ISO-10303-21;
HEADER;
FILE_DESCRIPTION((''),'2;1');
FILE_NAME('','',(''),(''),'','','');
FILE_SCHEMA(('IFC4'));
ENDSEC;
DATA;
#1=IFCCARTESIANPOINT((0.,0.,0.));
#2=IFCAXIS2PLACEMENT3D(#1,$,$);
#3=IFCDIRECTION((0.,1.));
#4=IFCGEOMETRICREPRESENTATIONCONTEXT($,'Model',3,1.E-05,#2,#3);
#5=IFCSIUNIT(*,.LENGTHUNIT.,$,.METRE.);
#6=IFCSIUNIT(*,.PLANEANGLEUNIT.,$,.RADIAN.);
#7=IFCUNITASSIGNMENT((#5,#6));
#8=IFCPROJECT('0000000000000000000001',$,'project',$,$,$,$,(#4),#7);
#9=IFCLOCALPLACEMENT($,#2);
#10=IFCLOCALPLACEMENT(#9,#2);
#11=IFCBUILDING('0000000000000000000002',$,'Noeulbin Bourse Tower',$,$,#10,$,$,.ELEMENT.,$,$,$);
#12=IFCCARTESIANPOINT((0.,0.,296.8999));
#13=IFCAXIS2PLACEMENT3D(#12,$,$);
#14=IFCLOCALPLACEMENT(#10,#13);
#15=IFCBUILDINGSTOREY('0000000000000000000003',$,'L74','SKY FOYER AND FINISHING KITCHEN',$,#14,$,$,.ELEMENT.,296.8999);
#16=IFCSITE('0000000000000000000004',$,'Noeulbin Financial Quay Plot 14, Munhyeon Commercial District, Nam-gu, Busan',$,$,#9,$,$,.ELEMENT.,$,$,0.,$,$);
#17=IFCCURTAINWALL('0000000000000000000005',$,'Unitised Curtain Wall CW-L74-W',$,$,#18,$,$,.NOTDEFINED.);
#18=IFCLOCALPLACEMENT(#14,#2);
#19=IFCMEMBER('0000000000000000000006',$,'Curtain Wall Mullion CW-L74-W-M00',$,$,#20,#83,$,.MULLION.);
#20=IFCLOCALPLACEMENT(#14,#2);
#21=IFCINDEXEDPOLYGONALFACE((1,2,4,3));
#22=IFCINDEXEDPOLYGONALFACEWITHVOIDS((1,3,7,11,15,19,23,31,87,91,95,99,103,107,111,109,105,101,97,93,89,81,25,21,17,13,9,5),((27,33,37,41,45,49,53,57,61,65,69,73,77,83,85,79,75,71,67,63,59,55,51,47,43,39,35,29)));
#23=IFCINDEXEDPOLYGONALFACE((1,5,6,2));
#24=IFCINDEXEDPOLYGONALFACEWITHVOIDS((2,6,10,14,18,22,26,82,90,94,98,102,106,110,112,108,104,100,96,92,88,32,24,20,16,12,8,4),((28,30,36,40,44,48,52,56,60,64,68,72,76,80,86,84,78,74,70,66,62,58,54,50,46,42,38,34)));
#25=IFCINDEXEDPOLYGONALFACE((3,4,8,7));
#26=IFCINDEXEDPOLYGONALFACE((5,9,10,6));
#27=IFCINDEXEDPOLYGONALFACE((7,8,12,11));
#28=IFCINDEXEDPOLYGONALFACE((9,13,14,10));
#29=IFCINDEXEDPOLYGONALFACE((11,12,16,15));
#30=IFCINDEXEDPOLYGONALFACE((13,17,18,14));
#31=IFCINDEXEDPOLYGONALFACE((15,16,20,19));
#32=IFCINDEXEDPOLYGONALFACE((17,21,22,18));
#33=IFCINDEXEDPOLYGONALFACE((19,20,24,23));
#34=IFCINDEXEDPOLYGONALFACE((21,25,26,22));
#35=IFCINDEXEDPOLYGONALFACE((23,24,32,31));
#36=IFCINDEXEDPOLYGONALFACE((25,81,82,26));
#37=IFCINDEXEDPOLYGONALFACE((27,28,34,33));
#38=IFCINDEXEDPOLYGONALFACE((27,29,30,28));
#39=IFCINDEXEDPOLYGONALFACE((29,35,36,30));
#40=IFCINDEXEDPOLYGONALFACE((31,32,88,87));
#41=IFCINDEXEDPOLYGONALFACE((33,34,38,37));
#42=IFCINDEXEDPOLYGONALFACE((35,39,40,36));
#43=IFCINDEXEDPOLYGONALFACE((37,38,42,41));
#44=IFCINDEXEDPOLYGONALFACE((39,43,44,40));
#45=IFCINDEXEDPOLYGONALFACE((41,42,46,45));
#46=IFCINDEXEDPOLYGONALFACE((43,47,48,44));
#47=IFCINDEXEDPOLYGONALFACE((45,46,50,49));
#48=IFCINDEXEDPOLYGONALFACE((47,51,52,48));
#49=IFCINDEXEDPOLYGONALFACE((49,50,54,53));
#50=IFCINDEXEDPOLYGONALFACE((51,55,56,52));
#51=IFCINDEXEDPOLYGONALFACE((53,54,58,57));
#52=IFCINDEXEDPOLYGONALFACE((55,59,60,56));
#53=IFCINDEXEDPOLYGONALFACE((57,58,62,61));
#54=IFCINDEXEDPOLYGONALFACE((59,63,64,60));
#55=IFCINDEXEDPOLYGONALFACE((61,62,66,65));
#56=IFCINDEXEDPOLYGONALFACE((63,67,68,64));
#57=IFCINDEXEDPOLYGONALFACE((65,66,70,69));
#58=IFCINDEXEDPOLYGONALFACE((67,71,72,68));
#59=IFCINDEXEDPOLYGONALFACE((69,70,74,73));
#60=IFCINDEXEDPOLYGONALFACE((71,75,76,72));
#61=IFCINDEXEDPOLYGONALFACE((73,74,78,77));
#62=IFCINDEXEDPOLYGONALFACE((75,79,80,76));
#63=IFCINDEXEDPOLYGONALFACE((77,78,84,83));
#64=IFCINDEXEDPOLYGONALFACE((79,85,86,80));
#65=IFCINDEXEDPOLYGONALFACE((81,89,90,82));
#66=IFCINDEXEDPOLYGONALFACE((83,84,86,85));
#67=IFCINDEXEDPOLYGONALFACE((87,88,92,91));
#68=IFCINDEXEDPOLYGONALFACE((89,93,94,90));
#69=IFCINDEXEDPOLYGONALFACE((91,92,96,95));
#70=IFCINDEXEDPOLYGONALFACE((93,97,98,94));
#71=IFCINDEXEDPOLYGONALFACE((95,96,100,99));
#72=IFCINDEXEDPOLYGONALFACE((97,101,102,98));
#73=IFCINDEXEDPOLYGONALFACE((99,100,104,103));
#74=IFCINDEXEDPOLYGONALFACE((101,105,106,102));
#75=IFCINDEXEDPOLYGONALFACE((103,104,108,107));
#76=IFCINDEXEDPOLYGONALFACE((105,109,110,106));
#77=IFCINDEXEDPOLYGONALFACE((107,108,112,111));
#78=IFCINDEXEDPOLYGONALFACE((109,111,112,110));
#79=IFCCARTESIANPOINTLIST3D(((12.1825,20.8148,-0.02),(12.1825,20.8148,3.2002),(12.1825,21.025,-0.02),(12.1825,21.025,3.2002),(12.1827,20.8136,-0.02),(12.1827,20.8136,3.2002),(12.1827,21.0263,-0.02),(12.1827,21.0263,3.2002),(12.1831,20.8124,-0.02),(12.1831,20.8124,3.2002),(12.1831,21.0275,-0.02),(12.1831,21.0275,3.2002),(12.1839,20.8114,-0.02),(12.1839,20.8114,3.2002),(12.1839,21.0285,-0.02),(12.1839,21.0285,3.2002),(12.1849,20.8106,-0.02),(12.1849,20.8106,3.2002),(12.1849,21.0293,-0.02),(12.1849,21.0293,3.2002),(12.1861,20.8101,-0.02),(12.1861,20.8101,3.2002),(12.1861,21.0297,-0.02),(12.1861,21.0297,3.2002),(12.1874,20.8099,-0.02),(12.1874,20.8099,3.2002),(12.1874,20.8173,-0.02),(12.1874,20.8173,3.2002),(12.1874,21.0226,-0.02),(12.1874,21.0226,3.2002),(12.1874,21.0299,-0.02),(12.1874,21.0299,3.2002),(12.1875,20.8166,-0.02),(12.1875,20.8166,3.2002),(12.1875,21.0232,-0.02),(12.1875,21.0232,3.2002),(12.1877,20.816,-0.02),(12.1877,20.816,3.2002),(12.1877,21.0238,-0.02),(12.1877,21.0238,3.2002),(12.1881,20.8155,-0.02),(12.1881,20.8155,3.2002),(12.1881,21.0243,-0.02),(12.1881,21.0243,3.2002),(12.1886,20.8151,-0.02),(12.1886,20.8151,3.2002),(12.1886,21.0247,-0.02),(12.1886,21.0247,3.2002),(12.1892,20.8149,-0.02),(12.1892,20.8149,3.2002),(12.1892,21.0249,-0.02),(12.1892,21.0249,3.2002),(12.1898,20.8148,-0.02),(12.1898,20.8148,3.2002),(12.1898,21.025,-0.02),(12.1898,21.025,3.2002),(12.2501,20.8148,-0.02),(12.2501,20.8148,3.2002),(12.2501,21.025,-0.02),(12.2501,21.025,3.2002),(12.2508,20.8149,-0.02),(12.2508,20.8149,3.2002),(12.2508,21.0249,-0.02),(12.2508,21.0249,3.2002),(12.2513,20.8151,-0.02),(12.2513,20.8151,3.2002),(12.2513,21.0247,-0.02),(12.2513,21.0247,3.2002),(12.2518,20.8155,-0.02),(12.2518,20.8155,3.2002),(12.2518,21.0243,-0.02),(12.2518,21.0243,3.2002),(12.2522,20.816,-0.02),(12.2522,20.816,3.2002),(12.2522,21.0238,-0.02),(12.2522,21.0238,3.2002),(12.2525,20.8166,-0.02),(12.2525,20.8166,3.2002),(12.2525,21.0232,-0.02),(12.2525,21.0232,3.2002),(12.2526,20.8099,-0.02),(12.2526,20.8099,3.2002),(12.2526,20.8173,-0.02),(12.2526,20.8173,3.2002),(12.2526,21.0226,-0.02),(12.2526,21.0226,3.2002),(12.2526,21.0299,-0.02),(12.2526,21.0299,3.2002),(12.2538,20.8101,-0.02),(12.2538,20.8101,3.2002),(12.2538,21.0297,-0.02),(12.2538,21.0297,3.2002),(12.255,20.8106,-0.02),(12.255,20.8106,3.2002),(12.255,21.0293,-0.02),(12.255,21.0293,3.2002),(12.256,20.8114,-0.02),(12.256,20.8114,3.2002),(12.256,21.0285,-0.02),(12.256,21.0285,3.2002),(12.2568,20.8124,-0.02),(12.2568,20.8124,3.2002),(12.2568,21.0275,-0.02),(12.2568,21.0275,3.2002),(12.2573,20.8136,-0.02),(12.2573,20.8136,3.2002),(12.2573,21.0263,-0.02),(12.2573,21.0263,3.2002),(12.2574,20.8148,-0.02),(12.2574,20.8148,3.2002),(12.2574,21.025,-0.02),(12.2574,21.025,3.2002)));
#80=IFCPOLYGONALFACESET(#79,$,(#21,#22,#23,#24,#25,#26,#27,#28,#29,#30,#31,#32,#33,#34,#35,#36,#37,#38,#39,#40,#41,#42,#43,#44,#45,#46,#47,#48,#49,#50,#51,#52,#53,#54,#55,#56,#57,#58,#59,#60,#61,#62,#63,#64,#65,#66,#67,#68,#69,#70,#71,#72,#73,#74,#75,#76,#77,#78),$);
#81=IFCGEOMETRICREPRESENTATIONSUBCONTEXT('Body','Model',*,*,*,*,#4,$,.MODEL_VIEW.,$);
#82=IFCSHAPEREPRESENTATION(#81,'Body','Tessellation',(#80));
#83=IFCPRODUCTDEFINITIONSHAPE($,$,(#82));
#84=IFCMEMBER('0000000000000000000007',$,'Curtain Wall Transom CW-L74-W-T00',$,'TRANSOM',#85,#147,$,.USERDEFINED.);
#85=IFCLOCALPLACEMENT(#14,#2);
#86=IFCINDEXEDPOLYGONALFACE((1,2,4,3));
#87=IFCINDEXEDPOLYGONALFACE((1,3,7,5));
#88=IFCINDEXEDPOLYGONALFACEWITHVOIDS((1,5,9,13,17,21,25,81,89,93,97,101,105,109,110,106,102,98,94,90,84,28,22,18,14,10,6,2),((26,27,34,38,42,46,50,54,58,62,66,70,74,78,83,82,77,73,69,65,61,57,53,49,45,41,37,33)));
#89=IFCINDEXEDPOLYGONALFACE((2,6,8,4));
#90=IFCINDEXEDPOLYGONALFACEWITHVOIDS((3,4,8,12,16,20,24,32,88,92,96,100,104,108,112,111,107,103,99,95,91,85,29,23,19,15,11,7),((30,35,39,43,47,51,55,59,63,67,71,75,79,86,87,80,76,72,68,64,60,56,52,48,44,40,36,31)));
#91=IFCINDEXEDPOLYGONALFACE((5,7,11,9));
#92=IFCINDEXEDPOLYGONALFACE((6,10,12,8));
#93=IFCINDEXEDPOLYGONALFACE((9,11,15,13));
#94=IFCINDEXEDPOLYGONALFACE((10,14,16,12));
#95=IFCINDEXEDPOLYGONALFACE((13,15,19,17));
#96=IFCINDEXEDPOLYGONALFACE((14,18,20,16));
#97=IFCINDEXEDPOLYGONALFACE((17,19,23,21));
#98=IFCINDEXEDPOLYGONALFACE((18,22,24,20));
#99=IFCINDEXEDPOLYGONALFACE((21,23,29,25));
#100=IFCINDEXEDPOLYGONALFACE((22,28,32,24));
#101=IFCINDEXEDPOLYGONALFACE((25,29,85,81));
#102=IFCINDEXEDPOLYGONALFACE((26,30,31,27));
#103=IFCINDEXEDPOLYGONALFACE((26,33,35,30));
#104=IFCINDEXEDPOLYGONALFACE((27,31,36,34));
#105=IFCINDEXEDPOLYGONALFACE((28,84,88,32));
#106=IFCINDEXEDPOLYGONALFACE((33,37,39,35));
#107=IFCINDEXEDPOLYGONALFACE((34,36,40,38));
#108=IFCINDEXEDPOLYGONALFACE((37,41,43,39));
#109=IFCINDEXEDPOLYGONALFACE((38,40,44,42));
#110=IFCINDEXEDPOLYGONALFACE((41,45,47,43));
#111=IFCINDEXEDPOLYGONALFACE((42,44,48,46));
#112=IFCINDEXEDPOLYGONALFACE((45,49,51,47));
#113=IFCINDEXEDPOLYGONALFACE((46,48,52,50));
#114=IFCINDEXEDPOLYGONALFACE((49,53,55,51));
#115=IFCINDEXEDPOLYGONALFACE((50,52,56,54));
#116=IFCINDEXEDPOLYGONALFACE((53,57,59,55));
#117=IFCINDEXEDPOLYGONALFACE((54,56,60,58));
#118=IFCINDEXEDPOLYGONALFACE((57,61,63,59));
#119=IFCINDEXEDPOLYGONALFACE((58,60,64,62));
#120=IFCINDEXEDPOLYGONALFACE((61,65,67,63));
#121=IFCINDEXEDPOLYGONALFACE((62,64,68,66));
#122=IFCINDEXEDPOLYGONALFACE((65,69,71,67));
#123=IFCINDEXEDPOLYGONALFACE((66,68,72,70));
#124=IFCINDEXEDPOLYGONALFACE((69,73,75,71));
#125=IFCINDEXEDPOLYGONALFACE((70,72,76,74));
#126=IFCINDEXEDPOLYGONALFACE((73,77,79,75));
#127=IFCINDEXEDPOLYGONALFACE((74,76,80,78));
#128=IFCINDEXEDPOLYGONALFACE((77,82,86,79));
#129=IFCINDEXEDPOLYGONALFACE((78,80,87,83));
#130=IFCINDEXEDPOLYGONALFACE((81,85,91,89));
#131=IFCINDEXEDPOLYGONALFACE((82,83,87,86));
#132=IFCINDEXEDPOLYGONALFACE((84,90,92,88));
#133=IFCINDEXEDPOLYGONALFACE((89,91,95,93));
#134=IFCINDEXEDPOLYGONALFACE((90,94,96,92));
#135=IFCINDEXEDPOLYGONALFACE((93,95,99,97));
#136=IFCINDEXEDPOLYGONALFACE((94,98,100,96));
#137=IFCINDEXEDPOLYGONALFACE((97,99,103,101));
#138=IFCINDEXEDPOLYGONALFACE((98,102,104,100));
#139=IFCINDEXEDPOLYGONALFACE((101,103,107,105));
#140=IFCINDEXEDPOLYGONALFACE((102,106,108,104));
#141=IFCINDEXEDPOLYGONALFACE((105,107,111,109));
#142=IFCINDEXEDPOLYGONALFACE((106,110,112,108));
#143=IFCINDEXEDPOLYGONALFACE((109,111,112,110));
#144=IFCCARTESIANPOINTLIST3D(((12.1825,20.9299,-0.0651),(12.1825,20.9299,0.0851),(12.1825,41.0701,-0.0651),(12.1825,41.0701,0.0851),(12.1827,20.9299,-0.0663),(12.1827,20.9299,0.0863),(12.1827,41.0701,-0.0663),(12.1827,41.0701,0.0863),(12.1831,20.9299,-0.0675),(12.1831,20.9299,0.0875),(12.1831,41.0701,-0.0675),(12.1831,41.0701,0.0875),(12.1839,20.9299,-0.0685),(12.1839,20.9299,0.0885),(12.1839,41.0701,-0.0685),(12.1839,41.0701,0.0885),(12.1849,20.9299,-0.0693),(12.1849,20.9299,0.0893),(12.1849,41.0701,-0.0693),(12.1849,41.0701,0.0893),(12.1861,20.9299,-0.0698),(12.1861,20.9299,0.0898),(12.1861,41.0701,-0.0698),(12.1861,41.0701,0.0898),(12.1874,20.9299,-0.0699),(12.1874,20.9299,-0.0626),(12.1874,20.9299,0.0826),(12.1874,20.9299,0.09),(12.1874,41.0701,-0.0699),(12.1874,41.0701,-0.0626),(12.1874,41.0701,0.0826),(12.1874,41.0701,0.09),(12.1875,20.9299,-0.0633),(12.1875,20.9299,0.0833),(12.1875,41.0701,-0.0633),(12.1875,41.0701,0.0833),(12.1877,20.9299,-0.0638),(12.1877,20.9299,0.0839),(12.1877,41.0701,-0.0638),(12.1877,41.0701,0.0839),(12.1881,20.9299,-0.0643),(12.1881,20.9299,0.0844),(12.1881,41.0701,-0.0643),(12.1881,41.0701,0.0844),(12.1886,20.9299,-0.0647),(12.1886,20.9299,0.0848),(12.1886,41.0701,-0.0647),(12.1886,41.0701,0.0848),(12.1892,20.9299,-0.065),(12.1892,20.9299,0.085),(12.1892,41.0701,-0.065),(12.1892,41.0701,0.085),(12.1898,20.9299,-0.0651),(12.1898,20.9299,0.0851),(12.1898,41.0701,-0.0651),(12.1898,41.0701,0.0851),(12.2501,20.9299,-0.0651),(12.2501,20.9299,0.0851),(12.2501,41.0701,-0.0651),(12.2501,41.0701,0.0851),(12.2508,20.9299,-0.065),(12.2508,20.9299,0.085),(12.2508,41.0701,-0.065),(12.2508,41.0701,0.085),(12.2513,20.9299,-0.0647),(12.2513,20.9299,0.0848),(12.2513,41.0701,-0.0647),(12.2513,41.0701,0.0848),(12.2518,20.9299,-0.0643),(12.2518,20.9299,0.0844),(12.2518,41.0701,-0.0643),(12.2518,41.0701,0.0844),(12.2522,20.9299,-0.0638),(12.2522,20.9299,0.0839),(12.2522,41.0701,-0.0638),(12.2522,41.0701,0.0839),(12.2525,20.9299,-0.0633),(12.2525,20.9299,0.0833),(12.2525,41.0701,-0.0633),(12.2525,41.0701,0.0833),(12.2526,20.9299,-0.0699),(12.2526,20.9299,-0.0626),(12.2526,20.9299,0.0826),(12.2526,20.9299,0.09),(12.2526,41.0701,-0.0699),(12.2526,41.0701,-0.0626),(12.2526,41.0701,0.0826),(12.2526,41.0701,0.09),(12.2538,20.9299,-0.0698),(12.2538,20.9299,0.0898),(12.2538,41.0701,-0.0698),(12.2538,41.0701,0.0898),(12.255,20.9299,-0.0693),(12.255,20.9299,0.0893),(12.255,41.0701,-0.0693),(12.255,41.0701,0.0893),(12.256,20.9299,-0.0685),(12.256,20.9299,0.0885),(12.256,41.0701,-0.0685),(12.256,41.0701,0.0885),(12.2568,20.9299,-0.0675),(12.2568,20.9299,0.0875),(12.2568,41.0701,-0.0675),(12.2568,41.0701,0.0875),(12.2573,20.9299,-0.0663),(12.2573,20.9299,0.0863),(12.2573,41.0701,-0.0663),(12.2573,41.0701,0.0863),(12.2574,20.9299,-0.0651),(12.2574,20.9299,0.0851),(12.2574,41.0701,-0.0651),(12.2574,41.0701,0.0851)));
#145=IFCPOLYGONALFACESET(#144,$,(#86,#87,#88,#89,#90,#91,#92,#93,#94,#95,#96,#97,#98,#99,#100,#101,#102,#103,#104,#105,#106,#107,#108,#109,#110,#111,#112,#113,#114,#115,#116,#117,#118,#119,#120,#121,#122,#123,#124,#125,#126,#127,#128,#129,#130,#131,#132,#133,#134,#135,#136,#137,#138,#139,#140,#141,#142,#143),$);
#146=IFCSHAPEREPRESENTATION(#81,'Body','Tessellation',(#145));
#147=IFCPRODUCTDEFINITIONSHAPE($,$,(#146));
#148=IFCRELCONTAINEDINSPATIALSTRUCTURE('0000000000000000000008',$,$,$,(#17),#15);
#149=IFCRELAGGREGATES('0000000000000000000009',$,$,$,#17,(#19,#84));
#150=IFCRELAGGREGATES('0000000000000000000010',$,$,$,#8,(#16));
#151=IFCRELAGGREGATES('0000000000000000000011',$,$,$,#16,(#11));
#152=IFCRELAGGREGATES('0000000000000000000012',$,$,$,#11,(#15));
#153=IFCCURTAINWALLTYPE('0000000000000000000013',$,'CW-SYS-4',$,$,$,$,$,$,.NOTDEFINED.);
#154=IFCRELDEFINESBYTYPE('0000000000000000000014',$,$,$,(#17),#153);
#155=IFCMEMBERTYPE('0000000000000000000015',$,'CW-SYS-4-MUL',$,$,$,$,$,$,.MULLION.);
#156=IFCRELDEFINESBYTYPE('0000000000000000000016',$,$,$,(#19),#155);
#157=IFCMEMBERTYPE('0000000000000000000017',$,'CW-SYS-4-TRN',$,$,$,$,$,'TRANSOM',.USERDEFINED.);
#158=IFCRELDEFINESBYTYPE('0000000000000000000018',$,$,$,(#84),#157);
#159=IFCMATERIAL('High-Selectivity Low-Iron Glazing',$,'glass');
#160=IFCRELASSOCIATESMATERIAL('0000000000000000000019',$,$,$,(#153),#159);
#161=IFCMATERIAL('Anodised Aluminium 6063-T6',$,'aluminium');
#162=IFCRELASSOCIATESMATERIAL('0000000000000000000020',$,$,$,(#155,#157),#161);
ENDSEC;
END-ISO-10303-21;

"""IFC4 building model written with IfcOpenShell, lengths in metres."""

from ifc_helpers import new_model, si_unit, direction, frame, origin, origin_2d, place, context, subcontext, project, spatial, hollow_rectangle, extrude, material, material_profile, profile_set, type_object, element, aggregate, save


model = new_model("IFC4")

# Units and contexts
model_context = context("Model", 3, precision=1e-05, world=origin(), true_north=direction((0.0, 1.0)))
body_context = subcontext(model_context, "Body", "Model", "MODEL_VIEW")
ifc_project = project(units=[si_unit("LENGTHUNIT", "METRE"), si_unit("PLANEANGLEUNIT", "RADIAN")], contexts=[model_context])

# Site, building, storey
site_placement = place(None, origin())
site = spatial("IfcSite", under=ifc_project, at=site_placement, Name="Noeulbin Financial Quay Plot 14, Munhyeon Commercial District, Nam-gu, Busan", CompositionType="ELEMENT", RefElevation=0.0)
building_placement = place(site_placement, origin())
building = spatial("IfcBuilding", under=site, at=building_placement, Name="Noeulbin Bourse Tower", CompositionType="ELEMENT")
storey_placement = place(building_placement, frame((0.0, 0.0, 296.8999)))
storey = spatial("IfcBuildingStorey", under=building, at=storey_placement, Name="L74", Description="SKY FOYER AND FINISHING KITCHEN", CompositionType="ELEMENT", Elevation=296.8999)

# Curtain wall, members
ifc_material_1 = material(Name="High-Selectivity Low-Iron Glazing", Category="glass")
curtain_wall_type = type_object("IfcCurtainWallType", Name="CW-SYS-4", PredefinedType="NOTDEFINED", material=ifc_material_1)
curtain_wall_placement = place(storey_placement, origin())
curtain_wall = element("IfcCurtainWall", 1, at=curtain_wall_placement, inside=storey, type_object=curtain_wall_type, Name="Unitised Curtain Wall CW-L74-W", PredefinedType="NOTDEFINED")
ifc_material_2 = material(Name="Anodised Aluminium 6063-T6", Category="aluminium")
ifc_material_profile_1 = material_profile(ifc_material_2, hollow_rectangle(XDim=0.075, YDim=0.22, WallThickness=0.0049, InnerFilletRadius=0.0024, OuterFilletRadius=0.0049, at=origin_2d()), Name="ALU-MULL-75x220x5", Category="LoadBearing")
ifc_profile_set_1 = profile_set([ifc_material_profile_1], Name="Anodised Aluminium 6063-T6")
member_type_1 = type_object("IfcMemberType", Name="CW-SYS-4-MUL", PredefinedType="MULLION", material=ifc_profile_set_1)
member_1_placement = place(storey_placement, frame((12.22, 20.9199, -0.02), z_axis=(0.0, 0.0, 1.0), x_axis=(1.0, 0.0, 0.0)))
member_1 = element("IfcMember", 2, at=member_1_placement, type_object=member_type_1, Name="Curtain Wall Mullion CW-L74-W-M00", PredefinedType="MULLION", context=body_context, shape_type="SweptSolid", body=[
    extrude(hollow_rectangle(XDim=0.075, YDim=0.22, WallThickness=0.0049, InnerFilletRadius=0.0024, OuterFilletRadius=0.0049, at=origin_2d()), origin(), (0.0, 0.0, 1.0), 3.2202),
])
ifc_material_profile_2 = material_profile(ifc_material_2, hollow_rectangle(XDim=0.075, YDim=0.1599, WallThickness=0.0049, InnerFilletRadius=0.0024, OuterFilletRadius=0.0049, at=origin_2d()), Name="ALU-TRAN-75x160x5", Category="LoadBearing")
ifc_profile_set_2 = profile_set([ifc_material_profile_2], Name="Anodised Aluminium 6063-T6")
member_type_2 = type_object("IfcMemberType", Name="CW-SYS-4-TRN", ElementType="TRANSOM", PredefinedType="USERDEFINED", material=ifc_profile_set_2)
member_2_placement = place(storey_placement, frame((12.22, 20.9299, 0.01), z_axis=(0.0, 1.0, 0.0), x_axis=(-1.0, 0.0, 0.0)))
member_2 = element("IfcMember", 3, at=member_2_placement, type_object=member_type_2, Name="Curtain Wall Transom CW-L74-W-T00", ObjectType="TRANSOM", PredefinedType="USERDEFINED", context=body_context, shape_type="SweptSolid", body=[
    extrude(hollow_rectangle(XDim=0.075, YDim=0.1599, WallThickness=0.0049, InnerFilletRadius=0.0024, OuterFilletRadius=0.0049, at=origin_2d()), origin(), (0.0, 0.0, 1.0), 20.1401),
])
aggregate(curtain_wall, [member_1, member_2])

save(model, "model.ifc")
